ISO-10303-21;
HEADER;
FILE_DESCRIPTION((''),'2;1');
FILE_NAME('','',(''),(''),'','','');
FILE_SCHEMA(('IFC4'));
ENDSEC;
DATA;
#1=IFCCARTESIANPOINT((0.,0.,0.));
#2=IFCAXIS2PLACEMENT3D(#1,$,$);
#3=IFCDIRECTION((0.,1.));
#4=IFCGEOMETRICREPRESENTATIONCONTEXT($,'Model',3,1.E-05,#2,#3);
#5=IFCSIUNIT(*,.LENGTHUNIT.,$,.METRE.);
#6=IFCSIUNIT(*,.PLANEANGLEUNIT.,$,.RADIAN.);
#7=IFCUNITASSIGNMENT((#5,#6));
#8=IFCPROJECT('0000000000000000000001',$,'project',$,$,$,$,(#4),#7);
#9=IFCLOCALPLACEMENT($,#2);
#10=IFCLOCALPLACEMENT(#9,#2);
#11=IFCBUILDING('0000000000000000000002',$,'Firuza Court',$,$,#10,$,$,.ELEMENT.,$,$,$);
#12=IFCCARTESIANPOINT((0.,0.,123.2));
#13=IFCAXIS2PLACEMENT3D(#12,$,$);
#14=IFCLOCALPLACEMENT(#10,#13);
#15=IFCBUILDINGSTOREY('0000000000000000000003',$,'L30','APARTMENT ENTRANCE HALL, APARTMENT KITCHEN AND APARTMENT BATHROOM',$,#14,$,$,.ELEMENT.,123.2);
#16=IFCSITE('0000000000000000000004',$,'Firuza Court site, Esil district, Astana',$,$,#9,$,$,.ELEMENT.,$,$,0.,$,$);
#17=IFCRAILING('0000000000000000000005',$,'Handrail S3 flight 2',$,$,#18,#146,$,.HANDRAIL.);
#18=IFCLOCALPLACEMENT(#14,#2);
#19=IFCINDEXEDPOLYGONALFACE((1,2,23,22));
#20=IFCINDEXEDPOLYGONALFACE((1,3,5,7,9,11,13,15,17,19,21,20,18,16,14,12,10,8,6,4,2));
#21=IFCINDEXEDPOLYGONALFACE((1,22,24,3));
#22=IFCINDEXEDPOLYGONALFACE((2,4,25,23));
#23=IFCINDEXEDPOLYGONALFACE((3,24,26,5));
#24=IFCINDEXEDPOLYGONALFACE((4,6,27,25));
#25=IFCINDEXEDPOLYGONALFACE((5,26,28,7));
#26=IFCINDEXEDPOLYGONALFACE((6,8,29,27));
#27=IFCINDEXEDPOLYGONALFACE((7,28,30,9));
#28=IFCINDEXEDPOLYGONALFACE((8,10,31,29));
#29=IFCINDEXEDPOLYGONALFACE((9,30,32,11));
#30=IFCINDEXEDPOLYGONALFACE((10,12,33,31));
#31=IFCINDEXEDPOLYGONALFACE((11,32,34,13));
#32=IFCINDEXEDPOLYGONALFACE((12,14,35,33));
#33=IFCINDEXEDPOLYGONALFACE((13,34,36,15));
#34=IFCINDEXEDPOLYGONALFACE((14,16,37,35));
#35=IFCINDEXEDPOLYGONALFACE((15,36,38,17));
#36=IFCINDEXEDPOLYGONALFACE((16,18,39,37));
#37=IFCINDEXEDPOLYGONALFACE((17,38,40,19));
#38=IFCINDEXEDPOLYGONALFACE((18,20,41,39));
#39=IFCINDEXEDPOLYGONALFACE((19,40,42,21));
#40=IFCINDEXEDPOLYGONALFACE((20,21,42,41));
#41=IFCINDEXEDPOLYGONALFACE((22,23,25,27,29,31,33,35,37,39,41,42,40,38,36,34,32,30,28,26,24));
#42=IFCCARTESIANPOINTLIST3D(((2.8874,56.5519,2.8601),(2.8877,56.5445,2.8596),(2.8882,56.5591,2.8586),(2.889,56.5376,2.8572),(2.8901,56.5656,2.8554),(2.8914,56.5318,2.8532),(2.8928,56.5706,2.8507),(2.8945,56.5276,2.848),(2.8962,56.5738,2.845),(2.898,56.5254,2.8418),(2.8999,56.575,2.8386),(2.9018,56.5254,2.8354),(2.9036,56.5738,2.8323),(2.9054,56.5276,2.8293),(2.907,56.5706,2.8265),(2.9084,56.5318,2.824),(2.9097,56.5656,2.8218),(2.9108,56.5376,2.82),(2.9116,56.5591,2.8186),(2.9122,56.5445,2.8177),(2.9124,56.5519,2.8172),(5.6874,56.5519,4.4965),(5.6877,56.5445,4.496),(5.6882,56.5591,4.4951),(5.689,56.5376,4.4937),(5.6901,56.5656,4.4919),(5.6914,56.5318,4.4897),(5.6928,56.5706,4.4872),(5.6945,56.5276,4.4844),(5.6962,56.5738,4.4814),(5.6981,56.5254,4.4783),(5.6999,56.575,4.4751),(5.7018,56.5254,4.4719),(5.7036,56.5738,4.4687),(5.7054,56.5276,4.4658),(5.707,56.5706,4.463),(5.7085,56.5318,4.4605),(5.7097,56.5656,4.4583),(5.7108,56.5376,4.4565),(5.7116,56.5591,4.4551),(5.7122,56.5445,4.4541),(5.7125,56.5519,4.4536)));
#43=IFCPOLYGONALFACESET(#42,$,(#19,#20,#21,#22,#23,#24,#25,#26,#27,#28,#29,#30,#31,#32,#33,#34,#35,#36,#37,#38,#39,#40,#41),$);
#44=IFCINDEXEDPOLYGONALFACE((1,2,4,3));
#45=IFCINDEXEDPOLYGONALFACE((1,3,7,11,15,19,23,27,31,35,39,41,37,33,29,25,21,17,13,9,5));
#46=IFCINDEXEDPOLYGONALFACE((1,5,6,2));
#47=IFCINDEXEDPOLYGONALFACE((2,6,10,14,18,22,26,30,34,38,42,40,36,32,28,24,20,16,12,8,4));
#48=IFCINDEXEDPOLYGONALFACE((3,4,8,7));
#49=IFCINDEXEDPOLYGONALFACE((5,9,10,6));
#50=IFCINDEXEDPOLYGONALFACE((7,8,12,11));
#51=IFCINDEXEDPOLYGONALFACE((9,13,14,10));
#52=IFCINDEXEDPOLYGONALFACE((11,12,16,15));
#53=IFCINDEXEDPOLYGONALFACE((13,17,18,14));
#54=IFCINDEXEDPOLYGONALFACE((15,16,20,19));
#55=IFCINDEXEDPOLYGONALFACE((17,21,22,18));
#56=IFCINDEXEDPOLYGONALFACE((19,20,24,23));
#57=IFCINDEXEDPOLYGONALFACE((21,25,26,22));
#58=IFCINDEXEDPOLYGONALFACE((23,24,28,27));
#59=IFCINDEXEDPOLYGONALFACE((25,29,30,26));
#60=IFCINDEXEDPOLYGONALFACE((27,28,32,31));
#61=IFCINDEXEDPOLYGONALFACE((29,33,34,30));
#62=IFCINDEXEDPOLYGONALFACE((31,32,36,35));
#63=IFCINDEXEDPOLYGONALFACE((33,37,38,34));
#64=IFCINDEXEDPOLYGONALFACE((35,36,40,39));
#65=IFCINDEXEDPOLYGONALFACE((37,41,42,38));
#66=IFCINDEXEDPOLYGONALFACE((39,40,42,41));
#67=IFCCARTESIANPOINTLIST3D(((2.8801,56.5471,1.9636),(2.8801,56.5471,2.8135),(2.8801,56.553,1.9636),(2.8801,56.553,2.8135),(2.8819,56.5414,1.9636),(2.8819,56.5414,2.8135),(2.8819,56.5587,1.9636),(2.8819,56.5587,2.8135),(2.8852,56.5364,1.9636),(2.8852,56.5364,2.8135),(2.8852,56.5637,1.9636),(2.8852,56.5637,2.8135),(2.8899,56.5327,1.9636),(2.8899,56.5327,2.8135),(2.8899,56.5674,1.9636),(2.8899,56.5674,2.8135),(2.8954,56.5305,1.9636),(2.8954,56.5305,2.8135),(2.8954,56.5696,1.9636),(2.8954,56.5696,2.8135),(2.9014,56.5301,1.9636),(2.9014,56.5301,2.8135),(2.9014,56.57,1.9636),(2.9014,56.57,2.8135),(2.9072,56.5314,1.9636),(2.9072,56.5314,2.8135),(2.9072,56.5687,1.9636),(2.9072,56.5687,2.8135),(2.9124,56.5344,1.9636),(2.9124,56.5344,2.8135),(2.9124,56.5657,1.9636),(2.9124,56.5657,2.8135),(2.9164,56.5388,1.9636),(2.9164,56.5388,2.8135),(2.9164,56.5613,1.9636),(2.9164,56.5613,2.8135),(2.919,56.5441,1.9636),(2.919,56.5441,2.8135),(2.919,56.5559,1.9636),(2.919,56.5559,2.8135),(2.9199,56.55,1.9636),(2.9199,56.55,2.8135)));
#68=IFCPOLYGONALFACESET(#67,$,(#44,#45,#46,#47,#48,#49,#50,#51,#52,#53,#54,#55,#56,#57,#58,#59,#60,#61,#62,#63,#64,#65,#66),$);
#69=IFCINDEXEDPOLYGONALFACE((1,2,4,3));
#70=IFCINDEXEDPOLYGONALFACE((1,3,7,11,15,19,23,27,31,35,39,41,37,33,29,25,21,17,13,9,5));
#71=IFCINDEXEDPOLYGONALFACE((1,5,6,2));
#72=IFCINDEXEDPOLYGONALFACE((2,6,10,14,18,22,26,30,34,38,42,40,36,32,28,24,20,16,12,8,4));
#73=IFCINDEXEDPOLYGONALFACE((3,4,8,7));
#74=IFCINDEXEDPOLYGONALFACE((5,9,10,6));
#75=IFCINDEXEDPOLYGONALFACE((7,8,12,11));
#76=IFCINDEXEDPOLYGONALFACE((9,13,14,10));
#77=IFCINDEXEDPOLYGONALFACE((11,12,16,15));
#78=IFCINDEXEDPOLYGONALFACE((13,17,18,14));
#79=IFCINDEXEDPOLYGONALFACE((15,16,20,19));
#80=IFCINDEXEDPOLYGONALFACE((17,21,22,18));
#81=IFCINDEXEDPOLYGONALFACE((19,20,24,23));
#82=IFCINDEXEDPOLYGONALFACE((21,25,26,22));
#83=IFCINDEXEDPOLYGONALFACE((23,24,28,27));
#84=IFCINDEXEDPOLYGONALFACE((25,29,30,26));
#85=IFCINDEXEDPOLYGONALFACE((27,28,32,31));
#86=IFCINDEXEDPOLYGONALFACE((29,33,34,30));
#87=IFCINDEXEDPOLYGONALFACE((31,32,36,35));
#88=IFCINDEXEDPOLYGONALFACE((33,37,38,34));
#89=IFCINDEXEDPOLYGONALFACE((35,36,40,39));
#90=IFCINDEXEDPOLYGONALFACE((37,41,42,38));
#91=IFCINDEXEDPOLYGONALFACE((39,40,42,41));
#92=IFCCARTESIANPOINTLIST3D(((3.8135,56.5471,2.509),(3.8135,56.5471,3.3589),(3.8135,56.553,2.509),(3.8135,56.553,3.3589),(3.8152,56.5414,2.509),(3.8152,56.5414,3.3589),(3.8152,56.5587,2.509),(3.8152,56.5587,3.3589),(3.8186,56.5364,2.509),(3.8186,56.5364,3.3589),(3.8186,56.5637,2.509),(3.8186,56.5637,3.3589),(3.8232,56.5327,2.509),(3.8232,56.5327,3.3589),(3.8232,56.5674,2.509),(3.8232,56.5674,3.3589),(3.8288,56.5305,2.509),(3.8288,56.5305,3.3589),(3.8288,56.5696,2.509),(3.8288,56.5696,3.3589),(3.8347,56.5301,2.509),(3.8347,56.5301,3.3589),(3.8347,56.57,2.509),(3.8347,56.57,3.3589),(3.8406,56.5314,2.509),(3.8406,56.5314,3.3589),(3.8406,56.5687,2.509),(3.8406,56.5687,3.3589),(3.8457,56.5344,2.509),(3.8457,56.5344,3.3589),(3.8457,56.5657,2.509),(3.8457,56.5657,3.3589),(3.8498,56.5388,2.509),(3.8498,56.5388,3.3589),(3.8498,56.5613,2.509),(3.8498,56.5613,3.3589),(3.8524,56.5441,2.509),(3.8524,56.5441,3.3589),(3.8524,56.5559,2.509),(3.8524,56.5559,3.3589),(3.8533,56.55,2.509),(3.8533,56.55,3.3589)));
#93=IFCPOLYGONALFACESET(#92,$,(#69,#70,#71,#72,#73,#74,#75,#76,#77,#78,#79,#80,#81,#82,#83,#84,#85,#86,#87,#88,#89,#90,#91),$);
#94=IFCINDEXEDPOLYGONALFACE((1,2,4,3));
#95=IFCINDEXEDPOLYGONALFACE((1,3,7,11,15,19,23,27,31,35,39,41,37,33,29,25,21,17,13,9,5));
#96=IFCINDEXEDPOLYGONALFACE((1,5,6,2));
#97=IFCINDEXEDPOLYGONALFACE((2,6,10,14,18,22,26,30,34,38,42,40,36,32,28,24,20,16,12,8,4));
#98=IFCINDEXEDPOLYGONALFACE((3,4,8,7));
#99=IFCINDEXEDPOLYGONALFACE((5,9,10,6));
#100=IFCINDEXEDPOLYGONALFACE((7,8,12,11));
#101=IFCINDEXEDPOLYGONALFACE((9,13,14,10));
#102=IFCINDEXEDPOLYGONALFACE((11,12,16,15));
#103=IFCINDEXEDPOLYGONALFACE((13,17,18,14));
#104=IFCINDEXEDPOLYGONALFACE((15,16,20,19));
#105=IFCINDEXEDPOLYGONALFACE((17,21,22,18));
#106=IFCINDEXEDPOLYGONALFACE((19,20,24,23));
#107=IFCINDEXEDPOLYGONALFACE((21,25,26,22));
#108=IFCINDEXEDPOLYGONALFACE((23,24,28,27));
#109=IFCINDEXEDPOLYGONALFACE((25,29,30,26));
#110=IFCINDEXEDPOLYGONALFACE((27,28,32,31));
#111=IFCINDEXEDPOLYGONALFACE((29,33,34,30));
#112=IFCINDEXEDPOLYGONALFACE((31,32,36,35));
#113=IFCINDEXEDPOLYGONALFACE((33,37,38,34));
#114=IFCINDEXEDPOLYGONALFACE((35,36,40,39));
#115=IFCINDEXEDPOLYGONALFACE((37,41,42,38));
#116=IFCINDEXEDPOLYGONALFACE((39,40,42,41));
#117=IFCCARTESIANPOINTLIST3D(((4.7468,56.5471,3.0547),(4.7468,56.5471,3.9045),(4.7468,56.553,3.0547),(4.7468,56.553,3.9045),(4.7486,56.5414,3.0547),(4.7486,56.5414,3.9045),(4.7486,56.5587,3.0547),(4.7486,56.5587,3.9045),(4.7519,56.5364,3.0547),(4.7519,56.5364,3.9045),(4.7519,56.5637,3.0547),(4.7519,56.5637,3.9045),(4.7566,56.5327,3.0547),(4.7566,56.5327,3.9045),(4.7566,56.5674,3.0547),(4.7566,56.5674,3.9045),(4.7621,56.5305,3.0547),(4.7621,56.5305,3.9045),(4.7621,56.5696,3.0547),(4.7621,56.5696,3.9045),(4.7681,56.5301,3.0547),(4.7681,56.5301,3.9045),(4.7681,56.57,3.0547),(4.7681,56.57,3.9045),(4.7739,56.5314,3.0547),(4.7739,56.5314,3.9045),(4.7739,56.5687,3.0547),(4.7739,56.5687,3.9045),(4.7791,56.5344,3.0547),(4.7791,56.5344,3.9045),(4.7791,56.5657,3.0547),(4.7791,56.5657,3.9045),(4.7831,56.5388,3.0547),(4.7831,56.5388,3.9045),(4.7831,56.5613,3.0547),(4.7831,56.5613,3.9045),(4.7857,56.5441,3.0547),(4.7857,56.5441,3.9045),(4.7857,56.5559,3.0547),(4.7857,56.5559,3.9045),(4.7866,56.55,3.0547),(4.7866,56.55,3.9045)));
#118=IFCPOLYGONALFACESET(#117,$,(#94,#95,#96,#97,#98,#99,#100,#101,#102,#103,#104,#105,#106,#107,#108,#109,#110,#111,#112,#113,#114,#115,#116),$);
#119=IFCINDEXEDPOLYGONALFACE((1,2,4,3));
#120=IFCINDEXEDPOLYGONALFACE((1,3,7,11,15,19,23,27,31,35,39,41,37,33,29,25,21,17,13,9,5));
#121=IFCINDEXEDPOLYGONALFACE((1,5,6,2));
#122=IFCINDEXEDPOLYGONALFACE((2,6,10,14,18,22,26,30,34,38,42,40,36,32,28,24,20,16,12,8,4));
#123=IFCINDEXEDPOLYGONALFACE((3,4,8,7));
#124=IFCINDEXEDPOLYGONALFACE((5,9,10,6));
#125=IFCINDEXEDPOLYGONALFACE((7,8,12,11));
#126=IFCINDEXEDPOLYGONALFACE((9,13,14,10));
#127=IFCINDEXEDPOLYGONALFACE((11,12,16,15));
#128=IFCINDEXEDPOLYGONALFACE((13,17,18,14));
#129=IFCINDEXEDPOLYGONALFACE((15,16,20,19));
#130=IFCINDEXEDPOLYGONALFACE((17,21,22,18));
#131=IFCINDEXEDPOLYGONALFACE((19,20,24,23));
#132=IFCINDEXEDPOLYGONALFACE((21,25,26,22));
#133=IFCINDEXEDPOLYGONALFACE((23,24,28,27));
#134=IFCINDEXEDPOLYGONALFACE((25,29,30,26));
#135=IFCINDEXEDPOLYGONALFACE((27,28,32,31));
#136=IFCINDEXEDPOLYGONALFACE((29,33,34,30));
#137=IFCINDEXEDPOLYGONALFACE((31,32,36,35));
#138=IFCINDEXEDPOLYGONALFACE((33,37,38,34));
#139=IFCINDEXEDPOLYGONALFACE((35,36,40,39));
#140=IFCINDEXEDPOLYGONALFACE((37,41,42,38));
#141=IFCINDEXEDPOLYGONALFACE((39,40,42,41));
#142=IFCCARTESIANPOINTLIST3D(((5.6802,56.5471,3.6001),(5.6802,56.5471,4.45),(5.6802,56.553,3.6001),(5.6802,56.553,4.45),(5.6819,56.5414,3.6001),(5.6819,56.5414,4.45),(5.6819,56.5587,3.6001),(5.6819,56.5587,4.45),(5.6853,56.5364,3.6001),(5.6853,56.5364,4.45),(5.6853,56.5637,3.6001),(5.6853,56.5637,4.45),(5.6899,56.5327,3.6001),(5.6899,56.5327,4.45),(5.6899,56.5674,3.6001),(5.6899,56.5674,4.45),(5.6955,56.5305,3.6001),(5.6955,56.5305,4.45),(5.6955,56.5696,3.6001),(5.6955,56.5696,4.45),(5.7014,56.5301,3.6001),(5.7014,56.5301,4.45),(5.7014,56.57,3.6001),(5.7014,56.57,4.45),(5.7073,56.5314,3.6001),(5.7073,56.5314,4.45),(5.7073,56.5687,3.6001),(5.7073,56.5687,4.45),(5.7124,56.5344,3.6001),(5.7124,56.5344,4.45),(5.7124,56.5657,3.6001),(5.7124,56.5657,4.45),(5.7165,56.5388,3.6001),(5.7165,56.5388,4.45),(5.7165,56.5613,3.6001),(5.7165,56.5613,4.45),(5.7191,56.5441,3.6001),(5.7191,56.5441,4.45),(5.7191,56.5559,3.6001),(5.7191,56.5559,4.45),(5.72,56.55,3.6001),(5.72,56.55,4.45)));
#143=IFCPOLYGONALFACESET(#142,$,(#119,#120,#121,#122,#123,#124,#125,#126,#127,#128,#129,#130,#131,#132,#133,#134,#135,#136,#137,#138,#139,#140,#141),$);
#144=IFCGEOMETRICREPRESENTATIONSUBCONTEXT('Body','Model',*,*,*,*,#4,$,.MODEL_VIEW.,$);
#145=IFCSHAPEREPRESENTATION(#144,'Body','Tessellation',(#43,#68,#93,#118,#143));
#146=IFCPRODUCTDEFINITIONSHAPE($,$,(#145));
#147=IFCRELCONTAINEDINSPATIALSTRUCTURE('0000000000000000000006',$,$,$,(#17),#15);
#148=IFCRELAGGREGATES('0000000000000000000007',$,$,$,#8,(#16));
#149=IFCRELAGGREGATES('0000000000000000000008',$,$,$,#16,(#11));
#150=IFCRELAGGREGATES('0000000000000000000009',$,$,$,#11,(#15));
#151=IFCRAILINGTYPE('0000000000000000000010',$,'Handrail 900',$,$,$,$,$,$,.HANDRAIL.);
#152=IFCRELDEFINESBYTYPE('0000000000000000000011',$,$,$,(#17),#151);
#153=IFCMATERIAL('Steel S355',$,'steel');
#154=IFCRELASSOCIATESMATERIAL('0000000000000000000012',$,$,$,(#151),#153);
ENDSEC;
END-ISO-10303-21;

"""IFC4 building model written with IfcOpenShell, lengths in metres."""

from ifc_helpers import new_model, si_unit, direction, frame, origin, origin_2d, place, context, subcontext, project, spatial, circle, extrude, material, type_object, element, save


model = new_model("IFC4")

# Units and contexts
model_context = context("Model", 3, precision=1e-05, world=origin(), true_north=direction((0.0, 1.0)))
body_context = subcontext(model_context, "Body", "Model", "MODEL_VIEW")
ifc_project = project(units=[si_unit("LENGTHUNIT", "METRE"), si_unit("PLANEANGLEUNIT", "RADIAN")], contexts=[model_context])

# Site, building, storey
site_placement = place(None, origin())
site = spatial("IfcSite", under=ifc_project, at=site_placement, Name="Firuza Court site, Esil district, Astana", CompositionType="ELEMENT", RefElevation=0.0)
building_placement = place(site_placement, origin())
building = spatial("IfcBuilding", under=site, at=building_placement, Name="Firuza Court", CompositionType="ELEMENT")
storey_placement = place(building_placement, frame((0.0, 0.0, 123.2)))
storey = spatial("IfcBuildingStorey", under=building, at=storey_placement, Name="L30", Description="APARTMENT ENTRANCE HALL, APARTMENT KITCHEN AND APARTMENT BATHROOM", CompositionType="ELEMENT", Elevation=123.2)

# Railing
ifc_material_1 = material(Name="Steel S355", Category="steel")
railing_type = type_object("IfcRailingType", Name="Handrail 900", PredefinedType="HANDRAIL", material=ifc_material_1)
railing_placement = place(storey_placement, frame((2.8999, 56.55, 1.9636)))
element("IfcRailing", 1, at=railing_placement, inside=storey, type_object=railing_type, Name="Handrail S3 flight 2", PredefinedType="HANDRAIL", context=body_context, shape_type="SweptSolid", body=[
    extrude(circle(Radius=0.0249, at=origin_2d()), frame((0.0, 0.0, 0.875), z_axis=(0.863361, 0.0, 0.504587), x_axis=(0.0, 1.0, 0.0)), (0.0, 0.0, 1.0), 3.2432),
    extrude(circle(Radius=0.02, at=origin_2d()), origin(), (0.0, 0.0, 1.0), 0.8499),
    extrude(circle(Radius=0.02, at=origin_2d()), frame((0.9333, 0.0, 0.5454)), (0.0, 0.0, 1.0), 0.8499),
    extrude(circle(Radius=0.02, at=origin_2d()), frame((1.8667, 0.0, 1.0911)), (0.0, 0.0, 1.0), 0.8499),
    extrude(circle(Radius=0.02, at=origin_2d()), frame((2.8, 0.0, 1.6365)), (0.0, 0.0, 1.0), 0.8499),
])

save(model, "model.ifc")
